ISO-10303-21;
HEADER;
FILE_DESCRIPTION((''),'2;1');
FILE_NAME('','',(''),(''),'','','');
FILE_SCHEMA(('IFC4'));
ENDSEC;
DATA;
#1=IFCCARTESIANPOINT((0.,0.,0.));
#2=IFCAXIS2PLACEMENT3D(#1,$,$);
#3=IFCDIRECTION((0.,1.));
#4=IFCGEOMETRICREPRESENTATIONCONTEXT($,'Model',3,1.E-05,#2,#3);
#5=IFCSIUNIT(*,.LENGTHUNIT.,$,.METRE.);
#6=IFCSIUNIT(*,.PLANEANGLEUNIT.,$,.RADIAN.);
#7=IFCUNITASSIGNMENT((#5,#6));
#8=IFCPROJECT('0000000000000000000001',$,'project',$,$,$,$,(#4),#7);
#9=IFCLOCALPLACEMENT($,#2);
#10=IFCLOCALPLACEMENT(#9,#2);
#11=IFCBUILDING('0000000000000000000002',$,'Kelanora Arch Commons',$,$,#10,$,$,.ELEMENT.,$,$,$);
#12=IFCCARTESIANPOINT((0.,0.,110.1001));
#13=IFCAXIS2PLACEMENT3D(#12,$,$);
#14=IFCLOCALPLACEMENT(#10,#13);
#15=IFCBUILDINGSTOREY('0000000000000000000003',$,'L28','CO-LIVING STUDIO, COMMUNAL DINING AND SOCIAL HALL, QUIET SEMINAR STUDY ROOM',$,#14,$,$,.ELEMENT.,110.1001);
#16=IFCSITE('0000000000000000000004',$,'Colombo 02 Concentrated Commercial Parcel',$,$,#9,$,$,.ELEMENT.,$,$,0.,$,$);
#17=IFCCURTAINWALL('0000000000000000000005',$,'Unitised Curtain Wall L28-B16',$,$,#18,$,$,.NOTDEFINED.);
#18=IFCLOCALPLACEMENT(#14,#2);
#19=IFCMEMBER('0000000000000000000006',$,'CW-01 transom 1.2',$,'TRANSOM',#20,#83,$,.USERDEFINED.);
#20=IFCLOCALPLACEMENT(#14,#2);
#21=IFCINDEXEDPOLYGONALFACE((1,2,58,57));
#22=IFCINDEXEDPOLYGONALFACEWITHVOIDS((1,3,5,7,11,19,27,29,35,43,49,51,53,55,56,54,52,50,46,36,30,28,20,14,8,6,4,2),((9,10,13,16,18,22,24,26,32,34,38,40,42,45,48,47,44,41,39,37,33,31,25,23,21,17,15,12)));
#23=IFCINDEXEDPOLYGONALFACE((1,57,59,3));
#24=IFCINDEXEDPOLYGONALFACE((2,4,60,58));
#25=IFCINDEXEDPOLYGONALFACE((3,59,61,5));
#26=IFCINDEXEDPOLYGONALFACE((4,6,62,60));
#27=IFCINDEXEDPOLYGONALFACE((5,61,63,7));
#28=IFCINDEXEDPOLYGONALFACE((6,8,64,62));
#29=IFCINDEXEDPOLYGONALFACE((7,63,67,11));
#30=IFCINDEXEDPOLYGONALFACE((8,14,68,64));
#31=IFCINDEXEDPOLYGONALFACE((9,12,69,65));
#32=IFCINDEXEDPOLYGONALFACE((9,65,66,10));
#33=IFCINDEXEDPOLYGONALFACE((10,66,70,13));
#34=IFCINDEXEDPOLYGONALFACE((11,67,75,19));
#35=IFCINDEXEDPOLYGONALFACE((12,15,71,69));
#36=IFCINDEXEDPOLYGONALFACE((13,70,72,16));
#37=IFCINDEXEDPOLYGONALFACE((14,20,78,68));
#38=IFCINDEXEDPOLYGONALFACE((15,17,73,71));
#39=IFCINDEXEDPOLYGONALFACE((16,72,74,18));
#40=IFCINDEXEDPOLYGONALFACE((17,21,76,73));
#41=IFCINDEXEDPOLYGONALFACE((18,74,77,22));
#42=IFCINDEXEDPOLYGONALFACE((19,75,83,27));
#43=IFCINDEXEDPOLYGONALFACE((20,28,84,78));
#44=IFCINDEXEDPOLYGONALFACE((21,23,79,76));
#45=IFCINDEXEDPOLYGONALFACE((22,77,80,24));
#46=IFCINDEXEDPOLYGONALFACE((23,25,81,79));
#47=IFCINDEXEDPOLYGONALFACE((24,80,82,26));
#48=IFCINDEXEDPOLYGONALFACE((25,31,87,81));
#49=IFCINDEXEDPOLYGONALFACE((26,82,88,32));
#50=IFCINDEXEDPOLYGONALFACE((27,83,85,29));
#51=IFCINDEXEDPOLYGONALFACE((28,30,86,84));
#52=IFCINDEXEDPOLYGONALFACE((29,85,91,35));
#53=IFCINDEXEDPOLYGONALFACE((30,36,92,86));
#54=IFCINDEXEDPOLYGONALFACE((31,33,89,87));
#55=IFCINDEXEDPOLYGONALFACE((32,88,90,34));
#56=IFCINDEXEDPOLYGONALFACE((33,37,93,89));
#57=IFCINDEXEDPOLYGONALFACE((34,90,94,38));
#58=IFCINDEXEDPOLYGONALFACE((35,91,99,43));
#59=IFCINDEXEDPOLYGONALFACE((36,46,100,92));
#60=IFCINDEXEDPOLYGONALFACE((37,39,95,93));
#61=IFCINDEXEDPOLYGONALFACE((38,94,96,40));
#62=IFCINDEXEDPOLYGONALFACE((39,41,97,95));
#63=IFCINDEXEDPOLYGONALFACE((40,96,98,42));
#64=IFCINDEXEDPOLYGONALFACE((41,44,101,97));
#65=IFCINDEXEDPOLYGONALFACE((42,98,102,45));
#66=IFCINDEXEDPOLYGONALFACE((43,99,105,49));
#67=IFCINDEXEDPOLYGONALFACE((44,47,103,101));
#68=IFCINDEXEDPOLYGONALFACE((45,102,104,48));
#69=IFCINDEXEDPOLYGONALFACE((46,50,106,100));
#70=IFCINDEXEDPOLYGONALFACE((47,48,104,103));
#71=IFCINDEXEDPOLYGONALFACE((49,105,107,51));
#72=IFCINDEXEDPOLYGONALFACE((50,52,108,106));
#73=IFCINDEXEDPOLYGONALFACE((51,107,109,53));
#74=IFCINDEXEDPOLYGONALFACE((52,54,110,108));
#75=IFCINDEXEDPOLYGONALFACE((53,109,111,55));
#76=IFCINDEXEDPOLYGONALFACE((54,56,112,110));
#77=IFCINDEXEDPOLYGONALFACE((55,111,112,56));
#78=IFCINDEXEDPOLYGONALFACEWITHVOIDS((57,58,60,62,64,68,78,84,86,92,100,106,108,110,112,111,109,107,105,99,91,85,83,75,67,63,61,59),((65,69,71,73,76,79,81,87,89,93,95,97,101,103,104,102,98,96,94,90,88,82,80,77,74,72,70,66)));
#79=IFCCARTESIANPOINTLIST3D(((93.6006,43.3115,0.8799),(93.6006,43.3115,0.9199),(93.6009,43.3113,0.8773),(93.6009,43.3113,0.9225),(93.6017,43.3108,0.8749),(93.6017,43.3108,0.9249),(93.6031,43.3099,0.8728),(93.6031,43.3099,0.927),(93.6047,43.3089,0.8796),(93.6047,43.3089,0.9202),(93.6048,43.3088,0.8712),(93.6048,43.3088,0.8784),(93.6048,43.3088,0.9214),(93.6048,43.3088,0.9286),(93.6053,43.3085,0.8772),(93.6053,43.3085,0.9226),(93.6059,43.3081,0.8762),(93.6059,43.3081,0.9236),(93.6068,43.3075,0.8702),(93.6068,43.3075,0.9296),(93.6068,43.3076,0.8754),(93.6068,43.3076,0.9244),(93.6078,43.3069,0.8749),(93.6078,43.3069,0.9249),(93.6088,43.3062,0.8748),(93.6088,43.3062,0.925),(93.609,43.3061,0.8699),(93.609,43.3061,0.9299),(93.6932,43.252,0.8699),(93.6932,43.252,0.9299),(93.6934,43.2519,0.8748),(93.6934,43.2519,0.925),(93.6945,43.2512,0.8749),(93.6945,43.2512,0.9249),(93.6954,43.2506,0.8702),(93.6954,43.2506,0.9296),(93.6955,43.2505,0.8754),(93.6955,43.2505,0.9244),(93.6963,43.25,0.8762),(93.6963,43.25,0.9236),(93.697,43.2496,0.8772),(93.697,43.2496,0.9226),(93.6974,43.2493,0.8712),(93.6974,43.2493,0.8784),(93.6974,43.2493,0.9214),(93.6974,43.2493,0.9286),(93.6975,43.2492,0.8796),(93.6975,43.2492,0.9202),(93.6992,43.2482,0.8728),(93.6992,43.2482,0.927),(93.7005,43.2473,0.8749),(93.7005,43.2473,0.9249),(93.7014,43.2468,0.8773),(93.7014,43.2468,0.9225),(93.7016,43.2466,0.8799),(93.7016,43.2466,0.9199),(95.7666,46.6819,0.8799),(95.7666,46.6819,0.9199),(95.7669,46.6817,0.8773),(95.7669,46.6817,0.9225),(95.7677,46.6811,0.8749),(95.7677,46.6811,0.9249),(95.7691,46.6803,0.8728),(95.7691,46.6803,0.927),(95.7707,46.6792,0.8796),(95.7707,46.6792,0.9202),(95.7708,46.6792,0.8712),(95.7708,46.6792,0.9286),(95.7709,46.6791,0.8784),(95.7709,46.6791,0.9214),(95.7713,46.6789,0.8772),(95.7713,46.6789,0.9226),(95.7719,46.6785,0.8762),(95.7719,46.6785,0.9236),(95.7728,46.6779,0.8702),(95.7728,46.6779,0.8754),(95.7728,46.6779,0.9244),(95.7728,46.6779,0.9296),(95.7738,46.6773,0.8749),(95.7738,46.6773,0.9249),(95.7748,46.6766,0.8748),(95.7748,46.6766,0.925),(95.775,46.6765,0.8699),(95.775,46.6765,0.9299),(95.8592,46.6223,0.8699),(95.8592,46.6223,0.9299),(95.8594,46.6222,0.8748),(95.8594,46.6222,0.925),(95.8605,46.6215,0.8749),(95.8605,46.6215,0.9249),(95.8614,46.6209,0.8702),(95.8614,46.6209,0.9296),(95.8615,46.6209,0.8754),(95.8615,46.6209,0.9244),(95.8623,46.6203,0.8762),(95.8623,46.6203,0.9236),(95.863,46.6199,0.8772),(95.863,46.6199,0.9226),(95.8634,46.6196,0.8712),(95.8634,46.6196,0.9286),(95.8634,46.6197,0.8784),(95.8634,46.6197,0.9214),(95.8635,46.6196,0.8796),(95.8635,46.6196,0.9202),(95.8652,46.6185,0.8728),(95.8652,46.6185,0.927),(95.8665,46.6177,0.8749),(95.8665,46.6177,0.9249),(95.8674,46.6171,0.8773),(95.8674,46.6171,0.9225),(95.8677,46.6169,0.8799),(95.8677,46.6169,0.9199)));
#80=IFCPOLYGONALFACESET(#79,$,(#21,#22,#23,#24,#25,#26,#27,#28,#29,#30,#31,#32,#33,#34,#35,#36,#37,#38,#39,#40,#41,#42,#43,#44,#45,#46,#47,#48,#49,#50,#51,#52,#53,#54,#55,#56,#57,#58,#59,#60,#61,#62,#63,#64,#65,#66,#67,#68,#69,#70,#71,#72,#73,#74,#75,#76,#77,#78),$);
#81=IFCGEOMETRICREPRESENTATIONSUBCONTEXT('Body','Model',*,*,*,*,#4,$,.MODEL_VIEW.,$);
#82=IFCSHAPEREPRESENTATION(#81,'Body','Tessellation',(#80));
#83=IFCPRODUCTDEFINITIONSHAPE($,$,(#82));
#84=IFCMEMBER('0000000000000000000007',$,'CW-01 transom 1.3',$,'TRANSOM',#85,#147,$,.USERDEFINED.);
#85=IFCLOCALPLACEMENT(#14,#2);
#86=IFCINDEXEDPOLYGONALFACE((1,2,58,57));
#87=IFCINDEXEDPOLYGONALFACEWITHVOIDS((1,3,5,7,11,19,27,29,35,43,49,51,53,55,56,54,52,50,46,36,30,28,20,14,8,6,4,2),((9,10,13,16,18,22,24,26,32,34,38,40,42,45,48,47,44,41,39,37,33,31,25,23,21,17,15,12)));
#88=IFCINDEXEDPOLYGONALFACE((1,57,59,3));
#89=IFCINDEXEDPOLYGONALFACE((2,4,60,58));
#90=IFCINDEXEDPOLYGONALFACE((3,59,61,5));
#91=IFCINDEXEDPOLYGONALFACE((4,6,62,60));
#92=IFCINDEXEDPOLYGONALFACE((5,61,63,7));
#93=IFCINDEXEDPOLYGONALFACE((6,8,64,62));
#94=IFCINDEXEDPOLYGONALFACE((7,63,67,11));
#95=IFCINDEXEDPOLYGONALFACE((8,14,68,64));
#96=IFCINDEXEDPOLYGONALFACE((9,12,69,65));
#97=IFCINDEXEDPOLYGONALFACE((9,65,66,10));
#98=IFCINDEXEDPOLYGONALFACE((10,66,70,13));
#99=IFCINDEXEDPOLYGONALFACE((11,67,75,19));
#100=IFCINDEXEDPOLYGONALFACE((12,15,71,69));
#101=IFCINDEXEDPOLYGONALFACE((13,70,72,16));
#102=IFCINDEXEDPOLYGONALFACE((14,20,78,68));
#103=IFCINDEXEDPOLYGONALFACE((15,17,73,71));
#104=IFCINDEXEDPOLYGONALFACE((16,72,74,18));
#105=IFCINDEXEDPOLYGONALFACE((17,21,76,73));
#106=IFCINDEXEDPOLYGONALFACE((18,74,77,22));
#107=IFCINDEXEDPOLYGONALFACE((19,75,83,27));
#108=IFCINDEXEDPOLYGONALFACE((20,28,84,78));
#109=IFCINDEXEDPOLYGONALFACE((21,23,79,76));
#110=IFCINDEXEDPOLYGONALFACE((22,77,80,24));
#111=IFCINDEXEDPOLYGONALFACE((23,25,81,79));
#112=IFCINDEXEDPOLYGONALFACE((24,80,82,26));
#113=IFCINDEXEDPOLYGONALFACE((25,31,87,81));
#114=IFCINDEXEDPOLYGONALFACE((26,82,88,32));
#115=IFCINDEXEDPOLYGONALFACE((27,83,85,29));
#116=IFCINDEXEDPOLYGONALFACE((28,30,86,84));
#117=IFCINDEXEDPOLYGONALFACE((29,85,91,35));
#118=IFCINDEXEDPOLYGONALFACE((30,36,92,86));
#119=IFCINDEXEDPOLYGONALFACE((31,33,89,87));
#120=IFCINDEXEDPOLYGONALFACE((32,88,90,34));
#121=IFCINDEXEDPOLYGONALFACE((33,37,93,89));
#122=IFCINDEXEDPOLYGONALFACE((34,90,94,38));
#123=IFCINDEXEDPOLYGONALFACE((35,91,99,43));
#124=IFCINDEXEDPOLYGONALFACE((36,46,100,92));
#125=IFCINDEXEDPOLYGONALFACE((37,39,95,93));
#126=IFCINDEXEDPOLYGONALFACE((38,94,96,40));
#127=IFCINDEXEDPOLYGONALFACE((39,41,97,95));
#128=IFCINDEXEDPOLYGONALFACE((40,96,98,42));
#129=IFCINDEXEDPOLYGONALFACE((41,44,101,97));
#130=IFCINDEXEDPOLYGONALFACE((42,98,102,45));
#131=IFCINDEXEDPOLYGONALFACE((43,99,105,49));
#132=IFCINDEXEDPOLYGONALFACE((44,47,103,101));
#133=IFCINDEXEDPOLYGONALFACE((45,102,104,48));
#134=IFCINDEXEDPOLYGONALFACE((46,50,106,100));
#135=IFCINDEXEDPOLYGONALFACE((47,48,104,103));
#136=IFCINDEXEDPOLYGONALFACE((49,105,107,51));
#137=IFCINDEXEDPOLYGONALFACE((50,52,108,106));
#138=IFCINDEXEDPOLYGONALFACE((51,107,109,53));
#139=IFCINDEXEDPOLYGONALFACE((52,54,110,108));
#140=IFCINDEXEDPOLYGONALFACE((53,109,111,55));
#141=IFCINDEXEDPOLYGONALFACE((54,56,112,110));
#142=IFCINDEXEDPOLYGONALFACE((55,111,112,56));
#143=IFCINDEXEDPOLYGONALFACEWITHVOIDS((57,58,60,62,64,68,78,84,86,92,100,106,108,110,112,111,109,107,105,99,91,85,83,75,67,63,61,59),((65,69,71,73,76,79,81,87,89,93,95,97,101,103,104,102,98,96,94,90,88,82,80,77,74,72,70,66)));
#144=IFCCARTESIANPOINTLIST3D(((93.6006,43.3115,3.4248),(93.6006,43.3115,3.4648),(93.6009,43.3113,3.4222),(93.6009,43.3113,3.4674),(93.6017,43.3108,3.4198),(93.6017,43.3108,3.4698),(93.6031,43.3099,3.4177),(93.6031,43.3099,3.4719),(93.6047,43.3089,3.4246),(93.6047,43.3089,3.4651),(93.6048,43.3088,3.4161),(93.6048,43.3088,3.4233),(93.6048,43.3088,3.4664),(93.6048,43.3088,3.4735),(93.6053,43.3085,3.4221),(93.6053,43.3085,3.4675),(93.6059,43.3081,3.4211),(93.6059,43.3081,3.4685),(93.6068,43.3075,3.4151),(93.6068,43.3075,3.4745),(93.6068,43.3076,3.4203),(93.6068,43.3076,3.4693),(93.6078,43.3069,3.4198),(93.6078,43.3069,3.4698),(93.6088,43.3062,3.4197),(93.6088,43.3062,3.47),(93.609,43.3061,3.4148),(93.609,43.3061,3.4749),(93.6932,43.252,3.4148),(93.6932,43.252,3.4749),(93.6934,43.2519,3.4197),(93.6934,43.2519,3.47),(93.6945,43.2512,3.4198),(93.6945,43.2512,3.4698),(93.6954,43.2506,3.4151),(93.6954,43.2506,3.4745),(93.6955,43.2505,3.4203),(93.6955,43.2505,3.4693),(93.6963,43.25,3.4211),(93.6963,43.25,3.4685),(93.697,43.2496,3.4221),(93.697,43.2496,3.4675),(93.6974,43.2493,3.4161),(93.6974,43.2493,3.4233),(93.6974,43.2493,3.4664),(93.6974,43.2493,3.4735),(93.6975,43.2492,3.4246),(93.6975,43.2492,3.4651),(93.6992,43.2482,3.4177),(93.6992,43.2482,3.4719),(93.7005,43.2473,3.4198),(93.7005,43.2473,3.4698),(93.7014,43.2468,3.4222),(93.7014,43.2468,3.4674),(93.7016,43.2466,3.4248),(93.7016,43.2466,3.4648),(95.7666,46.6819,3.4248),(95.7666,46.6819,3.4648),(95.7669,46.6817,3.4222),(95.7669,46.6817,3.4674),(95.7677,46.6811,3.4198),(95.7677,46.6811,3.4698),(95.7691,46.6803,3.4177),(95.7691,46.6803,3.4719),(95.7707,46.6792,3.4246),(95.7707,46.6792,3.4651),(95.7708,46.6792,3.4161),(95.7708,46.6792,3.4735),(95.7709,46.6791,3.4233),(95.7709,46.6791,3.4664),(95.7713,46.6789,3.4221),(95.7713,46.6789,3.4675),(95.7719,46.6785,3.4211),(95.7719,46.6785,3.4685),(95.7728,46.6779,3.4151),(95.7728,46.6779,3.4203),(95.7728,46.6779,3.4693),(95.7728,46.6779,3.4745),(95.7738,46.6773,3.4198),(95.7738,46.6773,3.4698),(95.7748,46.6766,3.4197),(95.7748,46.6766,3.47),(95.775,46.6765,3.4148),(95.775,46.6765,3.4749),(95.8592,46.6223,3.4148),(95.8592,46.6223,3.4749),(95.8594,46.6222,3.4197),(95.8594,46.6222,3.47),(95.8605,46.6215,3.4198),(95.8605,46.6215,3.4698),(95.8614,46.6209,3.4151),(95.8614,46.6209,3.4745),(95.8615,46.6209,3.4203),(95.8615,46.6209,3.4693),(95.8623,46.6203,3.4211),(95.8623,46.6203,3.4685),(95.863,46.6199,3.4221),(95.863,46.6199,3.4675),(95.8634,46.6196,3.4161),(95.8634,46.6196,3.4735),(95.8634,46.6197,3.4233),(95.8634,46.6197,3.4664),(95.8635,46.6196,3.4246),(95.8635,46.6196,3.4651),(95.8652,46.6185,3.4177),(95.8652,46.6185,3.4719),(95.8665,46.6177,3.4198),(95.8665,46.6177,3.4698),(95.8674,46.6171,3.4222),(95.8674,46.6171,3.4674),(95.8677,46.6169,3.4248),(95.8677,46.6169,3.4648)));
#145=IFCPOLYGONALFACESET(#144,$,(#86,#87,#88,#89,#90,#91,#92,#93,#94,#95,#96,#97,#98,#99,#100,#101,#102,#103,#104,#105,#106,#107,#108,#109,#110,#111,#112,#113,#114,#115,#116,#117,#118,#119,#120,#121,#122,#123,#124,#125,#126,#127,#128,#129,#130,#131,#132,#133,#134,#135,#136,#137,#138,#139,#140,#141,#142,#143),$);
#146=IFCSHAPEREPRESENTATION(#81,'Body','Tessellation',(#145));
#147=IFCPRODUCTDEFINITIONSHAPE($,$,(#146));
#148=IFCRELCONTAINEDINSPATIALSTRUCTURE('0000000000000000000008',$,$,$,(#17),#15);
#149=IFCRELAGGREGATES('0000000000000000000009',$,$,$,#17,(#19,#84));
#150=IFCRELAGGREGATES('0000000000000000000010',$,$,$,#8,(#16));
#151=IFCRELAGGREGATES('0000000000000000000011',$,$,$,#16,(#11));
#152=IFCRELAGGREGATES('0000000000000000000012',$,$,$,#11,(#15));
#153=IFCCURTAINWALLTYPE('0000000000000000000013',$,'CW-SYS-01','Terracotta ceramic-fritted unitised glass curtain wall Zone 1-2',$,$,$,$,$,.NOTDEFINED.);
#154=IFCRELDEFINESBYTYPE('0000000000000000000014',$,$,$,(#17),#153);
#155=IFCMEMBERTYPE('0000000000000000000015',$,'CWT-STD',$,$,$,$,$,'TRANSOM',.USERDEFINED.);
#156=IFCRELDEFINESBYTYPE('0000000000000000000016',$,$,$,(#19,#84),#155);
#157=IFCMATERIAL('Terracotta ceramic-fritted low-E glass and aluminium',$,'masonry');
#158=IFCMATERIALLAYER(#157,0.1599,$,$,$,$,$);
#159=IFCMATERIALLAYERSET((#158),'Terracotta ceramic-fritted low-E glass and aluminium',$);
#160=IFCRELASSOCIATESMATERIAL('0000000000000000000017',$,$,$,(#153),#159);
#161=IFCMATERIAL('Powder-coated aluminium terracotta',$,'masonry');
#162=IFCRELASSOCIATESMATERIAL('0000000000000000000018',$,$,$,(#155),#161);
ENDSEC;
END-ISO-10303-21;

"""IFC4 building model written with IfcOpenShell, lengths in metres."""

from ifc_helpers import new_model, si_unit, direction, frame, origin, origin_2d, place, context, subcontext, project, spatial, hollow_rectangle, extrude, material, layer, layer_set, material_profile, profile_set, type_object, element, aggregate, save


model = new_model("IFC4")

# Units and contexts
model_context = context("Model", 3, precision=1e-05, world=origin(), true_north=direction((0.0, 1.0)))
body_context = subcontext(model_context, "Body", "Model", "MODEL_VIEW")
ifc_project = project(units=[si_unit("LENGTHUNIT", "METRE"), si_unit("PLANEANGLEUNIT", "RADIAN")], contexts=[model_context])

# Site, building, storey
site_placement = place(None, origin())
site = spatial("IfcSite", under=ifc_project, at=site_placement, Name="Colombo 02 Concentrated Commercial Parcel", CompositionType="ELEMENT", RefElevation=0.0)
building_placement = place(site_placement, origin())
building = spatial("IfcBuilding", under=site, at=building_placement, Name="Kelanora Arch Commons", CompositionType="ELEMENT")
storey_placement = place(building_placement, frame((0.0, 0.0, 110.1001)))
storey = spatial("IfcBuildingStorey", under=building, at=storey_placement, Name="L28", Description="CO-LIVING STUDIO, COMMUNAL DINING AND SOCIAL HALL, QUIET SEMINAR STUDY ROOM", CompositionType="ELEMENT", Elevation=110.1001)

# Shared definitions
ifc_material_1 = material(Name="Terracotta ceramic-fritted low-E glass and aluminium", Category="masonry")
ifc_layer_1 = layer(ifc_material_1, 0.1599)
ifc_layer_set_1 = layer_set([ifc_layer_1], Name="Terracotta ceramic-fritted low-E glass and aluminium")
curtain_wall_type = type_object("IfcCurtainWallType", Name="CW-SYS-01", Description="Terracotta ceramic-fritted unitised glass curtain wall Zone 1-2", PredefinedType="NOTDEFINED", material=ifc_layer_set_1)
ifc_material_2 = material(Name="Powder-coated aluminium terracotta", Category="masonry")

# Curtain wall, members
curtain_wall_1_placement = place(storey_placement, origin())
curtain_wall_1 = element("IfcCurtainWall", 1, at=curtain_wall_1_placement, inside=storey, type_object=curtain_wall_type, Name="Unitised Curtain Wall L28-B16", PredefinedType="NOTDEFINED")
ifc_material_profile_1 = material_profile(ifc_material_2, hollow_rectangle(XDim=0.1201, YDim=0.0601, WallThickness=0.0049, InnerFilletRadius=0.0049, OuterFilletRadius=0.01, at=origin_2d()), Name="CWT120x60")
ifc_profile_set_1 = profile_set([ifc_material_profile_1], Name="Powder-coated aluminium terracotta")
member_type_1 = type_object("IfcMemberType", Name="CWT-STD", ElementType="TRANSOM", PredefinedType="USERDEFINED", material=ifc_profile_set_1)
member_1_placement = place(storey_placement, frame((93.6511, 43.2791, 0.8999), z_axis=(0.540644, 0.841252, 0.0), x_axis=(-0.841252, 0.540644, 0.0)))
member_1 = element("IfcMember", 2, at=member_1_placement, type_object=member_type_1, Name="CW-01 transom 1.2", ObjectType="TRANSOM", PredefinedType="USERDEFINED", context=body_context, shape_type="SweptSolid", body=[
    extrude(hollow_rectangle(XDim=0.1201, YDim=0.0601, WallThickness=0.0049, InnerFilletRadius=0.0049, OuterFilletRadius=0.01, at=origin_2d()), origin(), (0.0, 0.0, 1.0), 4.0063),
])
member_2_placement = place(storey_placement, frame((93.6511, 43.2791, 3.4448), z_axis=(0.540644, 0.841252, 0.0), x_axis=(-0.841252, 0.540644, 0.0)))
member_2 = element("IfcMember", 3, at=member_2_placement, type_object=member_type_1, Name="CW-01 transom 1.3", ObjectType="TRANSOM", PredefinedType="USERDEFINED", context=body_context, shape_type="SweptSolid", body=[
    extrude(hollow_rectangle(XDim=0.1201, YDim=0.0601, WallThickness=0.0049, InnerFilletRadius=0.0049, OuterFilletRadius=0.01, at=origin_2d()), origin(), (0.0, 0.0, 1.0), 4.0063),
])
aggregate(curtain_wall_1, [member_1, member_2])

save(model, "model.ifc")
